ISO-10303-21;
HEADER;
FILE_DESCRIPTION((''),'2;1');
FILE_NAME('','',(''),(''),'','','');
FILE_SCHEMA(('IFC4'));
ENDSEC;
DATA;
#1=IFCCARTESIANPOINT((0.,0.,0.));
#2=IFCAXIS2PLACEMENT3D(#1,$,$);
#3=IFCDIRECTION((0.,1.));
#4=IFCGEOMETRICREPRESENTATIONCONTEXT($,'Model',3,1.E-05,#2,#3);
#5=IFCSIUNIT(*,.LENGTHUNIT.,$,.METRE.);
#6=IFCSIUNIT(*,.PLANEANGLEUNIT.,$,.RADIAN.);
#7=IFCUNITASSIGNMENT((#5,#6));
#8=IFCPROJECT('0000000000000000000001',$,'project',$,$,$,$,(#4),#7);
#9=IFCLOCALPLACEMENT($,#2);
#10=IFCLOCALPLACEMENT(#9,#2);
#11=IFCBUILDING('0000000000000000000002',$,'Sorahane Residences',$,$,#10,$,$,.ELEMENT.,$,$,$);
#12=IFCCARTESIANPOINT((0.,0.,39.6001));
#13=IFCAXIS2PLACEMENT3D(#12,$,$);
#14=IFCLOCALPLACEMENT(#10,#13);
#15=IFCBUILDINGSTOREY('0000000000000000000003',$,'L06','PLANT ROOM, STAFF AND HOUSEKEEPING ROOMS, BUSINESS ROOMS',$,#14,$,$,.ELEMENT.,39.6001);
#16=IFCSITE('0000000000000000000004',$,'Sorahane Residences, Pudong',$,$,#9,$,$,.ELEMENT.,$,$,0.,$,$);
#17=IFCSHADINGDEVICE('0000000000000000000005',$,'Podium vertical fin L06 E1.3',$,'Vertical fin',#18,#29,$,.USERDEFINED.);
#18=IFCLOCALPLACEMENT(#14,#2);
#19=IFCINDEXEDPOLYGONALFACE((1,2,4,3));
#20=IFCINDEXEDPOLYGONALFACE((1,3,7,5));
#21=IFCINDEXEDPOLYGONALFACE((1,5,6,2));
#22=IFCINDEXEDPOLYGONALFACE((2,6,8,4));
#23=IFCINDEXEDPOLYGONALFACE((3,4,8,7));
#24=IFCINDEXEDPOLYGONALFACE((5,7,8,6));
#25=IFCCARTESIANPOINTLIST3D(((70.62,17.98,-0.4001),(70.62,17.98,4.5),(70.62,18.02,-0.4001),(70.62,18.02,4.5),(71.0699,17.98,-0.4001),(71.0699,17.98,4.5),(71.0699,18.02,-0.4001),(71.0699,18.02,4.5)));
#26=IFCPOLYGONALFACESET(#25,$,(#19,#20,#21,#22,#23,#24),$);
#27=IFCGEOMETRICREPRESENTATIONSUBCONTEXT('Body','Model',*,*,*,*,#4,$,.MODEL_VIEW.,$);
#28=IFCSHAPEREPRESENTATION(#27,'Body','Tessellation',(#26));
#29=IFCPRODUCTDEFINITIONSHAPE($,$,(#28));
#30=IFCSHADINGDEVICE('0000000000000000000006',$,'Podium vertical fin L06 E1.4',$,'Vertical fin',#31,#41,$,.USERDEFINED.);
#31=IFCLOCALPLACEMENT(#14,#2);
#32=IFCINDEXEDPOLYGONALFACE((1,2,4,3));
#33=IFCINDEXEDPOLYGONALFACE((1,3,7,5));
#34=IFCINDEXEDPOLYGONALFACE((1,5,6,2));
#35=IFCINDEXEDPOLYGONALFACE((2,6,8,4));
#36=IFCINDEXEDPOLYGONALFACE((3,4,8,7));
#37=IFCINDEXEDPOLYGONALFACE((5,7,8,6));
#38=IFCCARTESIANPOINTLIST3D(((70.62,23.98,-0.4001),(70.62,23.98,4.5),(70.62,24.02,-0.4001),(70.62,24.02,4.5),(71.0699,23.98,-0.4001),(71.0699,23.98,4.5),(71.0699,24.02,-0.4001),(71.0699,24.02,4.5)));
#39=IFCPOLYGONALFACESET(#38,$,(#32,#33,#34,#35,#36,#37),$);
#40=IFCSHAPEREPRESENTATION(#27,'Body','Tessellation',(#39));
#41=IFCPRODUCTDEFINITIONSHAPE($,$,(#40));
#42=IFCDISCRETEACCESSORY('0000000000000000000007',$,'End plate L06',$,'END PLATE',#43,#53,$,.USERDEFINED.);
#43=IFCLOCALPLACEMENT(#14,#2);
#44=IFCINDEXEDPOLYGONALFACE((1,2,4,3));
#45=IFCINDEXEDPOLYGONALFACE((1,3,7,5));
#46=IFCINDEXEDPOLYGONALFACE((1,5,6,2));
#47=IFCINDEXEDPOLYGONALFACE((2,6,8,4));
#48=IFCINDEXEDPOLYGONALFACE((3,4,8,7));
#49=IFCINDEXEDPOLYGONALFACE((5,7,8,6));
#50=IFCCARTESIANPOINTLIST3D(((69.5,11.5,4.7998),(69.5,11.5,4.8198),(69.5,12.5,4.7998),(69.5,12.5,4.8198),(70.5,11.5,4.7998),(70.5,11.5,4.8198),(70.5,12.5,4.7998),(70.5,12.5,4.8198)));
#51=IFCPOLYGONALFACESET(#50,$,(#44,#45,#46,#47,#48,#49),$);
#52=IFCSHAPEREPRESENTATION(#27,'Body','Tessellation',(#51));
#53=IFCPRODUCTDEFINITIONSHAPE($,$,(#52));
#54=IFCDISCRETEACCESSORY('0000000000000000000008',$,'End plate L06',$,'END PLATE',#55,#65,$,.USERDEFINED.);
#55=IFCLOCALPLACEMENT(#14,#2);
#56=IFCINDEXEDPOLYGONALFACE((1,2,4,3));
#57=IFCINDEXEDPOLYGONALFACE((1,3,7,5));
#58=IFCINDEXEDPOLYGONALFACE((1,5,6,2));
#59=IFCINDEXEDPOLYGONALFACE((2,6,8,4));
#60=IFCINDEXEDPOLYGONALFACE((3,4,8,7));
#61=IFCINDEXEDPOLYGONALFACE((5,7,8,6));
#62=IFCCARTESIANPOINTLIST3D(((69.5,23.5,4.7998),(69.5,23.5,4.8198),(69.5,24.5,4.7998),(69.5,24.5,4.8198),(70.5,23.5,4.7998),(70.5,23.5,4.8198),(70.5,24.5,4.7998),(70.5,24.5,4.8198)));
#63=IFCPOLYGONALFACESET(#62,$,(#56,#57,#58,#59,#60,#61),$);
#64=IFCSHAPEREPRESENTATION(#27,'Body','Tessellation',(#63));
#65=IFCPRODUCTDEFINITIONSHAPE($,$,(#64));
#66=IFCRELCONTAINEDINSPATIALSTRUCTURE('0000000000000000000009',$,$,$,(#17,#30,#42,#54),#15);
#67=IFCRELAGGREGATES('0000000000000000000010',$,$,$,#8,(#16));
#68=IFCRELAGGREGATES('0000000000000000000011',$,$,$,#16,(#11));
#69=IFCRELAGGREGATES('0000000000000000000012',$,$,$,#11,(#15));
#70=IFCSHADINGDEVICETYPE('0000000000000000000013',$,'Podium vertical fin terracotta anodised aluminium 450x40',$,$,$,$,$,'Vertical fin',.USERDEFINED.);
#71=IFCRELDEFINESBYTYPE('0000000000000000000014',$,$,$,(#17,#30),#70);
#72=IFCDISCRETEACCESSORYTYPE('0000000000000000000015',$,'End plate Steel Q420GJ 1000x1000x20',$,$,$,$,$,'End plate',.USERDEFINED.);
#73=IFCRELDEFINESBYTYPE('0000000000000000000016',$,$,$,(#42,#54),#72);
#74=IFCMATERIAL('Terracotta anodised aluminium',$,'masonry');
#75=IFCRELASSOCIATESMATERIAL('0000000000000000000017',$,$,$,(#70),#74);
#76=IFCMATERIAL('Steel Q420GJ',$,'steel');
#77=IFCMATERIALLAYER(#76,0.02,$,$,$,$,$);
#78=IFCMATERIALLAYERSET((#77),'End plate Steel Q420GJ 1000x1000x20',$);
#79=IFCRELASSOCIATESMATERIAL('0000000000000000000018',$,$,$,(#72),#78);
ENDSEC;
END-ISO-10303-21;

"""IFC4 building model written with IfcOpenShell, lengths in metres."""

from ifc_helpers import new_model, si_unit, direction, frame, origin, origin_2d, place, context, subcontext, project, spatial, rectangle, extrude, material, layer, layer_set, material_profile, profile_set, type_object, element, save


model = new_model("IFC4")

# Units and contexts
model_context = context("Model", 3, precision=1e-05, world=origin(), true_north=direction((0.0, 1.0)))
body_context = subcontext(model_context, "Body", "Model", "MODEL_VIEW")
ifc_project = project(units=[si_unit("LENGTHUNIT", "METRE"), si_unit("PLANEANGLEUNIT", "RADIAN")], contexts=[model_context])

# Site, building, storey
site_placement = place(None, origin())
site = spatial("IfcSite", under=ifc_project, at=site_placement, Name="Sorahane Residences, Pudong", CompositionType="ELEMENT", RefElevation=0.0)
building_placement = place(site_placement, origin())
building = spatial("IfcBuilding", under=site, at=building_placement, Name="Sorahane Residences", CompositionType="ELEMENT")
storey_placement = place(building_placement, frame((0.0, 0.0, 39.6001)))
storey = spatial("IfcBuildingStorey", under=building, at=storey_placement, Name="L06", Description="PLANT ROOM, STAFF AND HOUSEKEEPING ROOMS, BUSINESS ROOMS", CompositionType="ELEMENT", Elevation=39.6001)

# Shading devices
ifc_material_1 = material(Name="Terracotta anodised aluminium", Category="masonry")
ifc_material_profile_1 = material_profile(ifc_material_1, rectangle(XDim=0.45, YDim=0.04, at=origin_2d()), Name="Podium vertical fin terracotta anodised aluminium 450x40")
ifc_profile_set_1 = profile_set([ifc_material_profile_1], Name="Terracotta anodised aluminium")
shading_device_type = type_object("IfcShadingDeviceType", Name="Podium vertical fin terracotta anodised aluminium 450x40", ElementType="Vertical fin", PredefinedType="USERDEFINED", material=ifc_profile_set_1)
for number, where, z_axis, x_axis, name in (
    (1, (70.845, 18.0, -0.4001), (0.0, 0.0, 1.0), (1.0, 0.0, 0.0), "Podium vertical fin L06 E1.3"),
    (2, (70.845, 24.0, -0.4001), (0.0, 0.0, 1.0), (1.0, 0.0, 0.0), "Podium vertical fin L06 E1.4"),
):
    element("IfcShadingDevice", number, at=place(storey_placement, frame(where, z_axis=z_axis, x_axis=x_axis)), inside=storey, type_object=shading_device_type, Name=name, ObjectType="Vertical fin", PredefinedType="USERDEFINED", context=body_context, shape_type="SweptSolid", body=[
        extrude(rectangle(XDim=0.45, YDim=0.04, at=origin_2d()), origin(), (0.0, 0.0, 1.0), 4.9001),
    ])

# Discrete accessories
ifc_material_2 = material(Name="Steel Q420GJ", Category="steel")
ifc_layer_1 = layer(ifc_material_2, 0.02)
ifc_layer_set_1 = layer_set([ifc_layer_1], Name="End plate Steel Q420GJ 1000x1000x20")
discrete_accessory_type = type_object("IfcDiscreteAccessoryType", Name="End plate Steel Q420GJ 1000x1000x20", ElementType="End plate", PredefinedType="USERDEFINED", material=ifc_layer_set_1)
for number, where, z_axis, x_axis, name in (
    (3, (70.0, 12.0, 4.7998), (0.0, 0.0, 1.0), (1.0, 0.0, 0.0), "End plate L06"),
    (4, (70.0, 24.0, 4.7998), (0.0, 0.0, 1.0), (1.0, 0.0, 0.0), "End plate L06"),
):
    element("IfcDiscreteAccessory", number, at=place(storey_placement, frame(where, z_axis=z_axis, x_axis=x_axis)), inside=storey, type_object=discrete_accessory_type, Name=name, ObjectType="END PLATE", PredefinedType="USERDEFINED", context=body_context, shape_type="SweptSolid", body=[
        extrude(rectangle(XDim=1.0, YDim=1.0, at=origin_2d()), origin(), (0.0, 0.0, 1.0), 0.02),
    ])

save(model, "model.ifc")
